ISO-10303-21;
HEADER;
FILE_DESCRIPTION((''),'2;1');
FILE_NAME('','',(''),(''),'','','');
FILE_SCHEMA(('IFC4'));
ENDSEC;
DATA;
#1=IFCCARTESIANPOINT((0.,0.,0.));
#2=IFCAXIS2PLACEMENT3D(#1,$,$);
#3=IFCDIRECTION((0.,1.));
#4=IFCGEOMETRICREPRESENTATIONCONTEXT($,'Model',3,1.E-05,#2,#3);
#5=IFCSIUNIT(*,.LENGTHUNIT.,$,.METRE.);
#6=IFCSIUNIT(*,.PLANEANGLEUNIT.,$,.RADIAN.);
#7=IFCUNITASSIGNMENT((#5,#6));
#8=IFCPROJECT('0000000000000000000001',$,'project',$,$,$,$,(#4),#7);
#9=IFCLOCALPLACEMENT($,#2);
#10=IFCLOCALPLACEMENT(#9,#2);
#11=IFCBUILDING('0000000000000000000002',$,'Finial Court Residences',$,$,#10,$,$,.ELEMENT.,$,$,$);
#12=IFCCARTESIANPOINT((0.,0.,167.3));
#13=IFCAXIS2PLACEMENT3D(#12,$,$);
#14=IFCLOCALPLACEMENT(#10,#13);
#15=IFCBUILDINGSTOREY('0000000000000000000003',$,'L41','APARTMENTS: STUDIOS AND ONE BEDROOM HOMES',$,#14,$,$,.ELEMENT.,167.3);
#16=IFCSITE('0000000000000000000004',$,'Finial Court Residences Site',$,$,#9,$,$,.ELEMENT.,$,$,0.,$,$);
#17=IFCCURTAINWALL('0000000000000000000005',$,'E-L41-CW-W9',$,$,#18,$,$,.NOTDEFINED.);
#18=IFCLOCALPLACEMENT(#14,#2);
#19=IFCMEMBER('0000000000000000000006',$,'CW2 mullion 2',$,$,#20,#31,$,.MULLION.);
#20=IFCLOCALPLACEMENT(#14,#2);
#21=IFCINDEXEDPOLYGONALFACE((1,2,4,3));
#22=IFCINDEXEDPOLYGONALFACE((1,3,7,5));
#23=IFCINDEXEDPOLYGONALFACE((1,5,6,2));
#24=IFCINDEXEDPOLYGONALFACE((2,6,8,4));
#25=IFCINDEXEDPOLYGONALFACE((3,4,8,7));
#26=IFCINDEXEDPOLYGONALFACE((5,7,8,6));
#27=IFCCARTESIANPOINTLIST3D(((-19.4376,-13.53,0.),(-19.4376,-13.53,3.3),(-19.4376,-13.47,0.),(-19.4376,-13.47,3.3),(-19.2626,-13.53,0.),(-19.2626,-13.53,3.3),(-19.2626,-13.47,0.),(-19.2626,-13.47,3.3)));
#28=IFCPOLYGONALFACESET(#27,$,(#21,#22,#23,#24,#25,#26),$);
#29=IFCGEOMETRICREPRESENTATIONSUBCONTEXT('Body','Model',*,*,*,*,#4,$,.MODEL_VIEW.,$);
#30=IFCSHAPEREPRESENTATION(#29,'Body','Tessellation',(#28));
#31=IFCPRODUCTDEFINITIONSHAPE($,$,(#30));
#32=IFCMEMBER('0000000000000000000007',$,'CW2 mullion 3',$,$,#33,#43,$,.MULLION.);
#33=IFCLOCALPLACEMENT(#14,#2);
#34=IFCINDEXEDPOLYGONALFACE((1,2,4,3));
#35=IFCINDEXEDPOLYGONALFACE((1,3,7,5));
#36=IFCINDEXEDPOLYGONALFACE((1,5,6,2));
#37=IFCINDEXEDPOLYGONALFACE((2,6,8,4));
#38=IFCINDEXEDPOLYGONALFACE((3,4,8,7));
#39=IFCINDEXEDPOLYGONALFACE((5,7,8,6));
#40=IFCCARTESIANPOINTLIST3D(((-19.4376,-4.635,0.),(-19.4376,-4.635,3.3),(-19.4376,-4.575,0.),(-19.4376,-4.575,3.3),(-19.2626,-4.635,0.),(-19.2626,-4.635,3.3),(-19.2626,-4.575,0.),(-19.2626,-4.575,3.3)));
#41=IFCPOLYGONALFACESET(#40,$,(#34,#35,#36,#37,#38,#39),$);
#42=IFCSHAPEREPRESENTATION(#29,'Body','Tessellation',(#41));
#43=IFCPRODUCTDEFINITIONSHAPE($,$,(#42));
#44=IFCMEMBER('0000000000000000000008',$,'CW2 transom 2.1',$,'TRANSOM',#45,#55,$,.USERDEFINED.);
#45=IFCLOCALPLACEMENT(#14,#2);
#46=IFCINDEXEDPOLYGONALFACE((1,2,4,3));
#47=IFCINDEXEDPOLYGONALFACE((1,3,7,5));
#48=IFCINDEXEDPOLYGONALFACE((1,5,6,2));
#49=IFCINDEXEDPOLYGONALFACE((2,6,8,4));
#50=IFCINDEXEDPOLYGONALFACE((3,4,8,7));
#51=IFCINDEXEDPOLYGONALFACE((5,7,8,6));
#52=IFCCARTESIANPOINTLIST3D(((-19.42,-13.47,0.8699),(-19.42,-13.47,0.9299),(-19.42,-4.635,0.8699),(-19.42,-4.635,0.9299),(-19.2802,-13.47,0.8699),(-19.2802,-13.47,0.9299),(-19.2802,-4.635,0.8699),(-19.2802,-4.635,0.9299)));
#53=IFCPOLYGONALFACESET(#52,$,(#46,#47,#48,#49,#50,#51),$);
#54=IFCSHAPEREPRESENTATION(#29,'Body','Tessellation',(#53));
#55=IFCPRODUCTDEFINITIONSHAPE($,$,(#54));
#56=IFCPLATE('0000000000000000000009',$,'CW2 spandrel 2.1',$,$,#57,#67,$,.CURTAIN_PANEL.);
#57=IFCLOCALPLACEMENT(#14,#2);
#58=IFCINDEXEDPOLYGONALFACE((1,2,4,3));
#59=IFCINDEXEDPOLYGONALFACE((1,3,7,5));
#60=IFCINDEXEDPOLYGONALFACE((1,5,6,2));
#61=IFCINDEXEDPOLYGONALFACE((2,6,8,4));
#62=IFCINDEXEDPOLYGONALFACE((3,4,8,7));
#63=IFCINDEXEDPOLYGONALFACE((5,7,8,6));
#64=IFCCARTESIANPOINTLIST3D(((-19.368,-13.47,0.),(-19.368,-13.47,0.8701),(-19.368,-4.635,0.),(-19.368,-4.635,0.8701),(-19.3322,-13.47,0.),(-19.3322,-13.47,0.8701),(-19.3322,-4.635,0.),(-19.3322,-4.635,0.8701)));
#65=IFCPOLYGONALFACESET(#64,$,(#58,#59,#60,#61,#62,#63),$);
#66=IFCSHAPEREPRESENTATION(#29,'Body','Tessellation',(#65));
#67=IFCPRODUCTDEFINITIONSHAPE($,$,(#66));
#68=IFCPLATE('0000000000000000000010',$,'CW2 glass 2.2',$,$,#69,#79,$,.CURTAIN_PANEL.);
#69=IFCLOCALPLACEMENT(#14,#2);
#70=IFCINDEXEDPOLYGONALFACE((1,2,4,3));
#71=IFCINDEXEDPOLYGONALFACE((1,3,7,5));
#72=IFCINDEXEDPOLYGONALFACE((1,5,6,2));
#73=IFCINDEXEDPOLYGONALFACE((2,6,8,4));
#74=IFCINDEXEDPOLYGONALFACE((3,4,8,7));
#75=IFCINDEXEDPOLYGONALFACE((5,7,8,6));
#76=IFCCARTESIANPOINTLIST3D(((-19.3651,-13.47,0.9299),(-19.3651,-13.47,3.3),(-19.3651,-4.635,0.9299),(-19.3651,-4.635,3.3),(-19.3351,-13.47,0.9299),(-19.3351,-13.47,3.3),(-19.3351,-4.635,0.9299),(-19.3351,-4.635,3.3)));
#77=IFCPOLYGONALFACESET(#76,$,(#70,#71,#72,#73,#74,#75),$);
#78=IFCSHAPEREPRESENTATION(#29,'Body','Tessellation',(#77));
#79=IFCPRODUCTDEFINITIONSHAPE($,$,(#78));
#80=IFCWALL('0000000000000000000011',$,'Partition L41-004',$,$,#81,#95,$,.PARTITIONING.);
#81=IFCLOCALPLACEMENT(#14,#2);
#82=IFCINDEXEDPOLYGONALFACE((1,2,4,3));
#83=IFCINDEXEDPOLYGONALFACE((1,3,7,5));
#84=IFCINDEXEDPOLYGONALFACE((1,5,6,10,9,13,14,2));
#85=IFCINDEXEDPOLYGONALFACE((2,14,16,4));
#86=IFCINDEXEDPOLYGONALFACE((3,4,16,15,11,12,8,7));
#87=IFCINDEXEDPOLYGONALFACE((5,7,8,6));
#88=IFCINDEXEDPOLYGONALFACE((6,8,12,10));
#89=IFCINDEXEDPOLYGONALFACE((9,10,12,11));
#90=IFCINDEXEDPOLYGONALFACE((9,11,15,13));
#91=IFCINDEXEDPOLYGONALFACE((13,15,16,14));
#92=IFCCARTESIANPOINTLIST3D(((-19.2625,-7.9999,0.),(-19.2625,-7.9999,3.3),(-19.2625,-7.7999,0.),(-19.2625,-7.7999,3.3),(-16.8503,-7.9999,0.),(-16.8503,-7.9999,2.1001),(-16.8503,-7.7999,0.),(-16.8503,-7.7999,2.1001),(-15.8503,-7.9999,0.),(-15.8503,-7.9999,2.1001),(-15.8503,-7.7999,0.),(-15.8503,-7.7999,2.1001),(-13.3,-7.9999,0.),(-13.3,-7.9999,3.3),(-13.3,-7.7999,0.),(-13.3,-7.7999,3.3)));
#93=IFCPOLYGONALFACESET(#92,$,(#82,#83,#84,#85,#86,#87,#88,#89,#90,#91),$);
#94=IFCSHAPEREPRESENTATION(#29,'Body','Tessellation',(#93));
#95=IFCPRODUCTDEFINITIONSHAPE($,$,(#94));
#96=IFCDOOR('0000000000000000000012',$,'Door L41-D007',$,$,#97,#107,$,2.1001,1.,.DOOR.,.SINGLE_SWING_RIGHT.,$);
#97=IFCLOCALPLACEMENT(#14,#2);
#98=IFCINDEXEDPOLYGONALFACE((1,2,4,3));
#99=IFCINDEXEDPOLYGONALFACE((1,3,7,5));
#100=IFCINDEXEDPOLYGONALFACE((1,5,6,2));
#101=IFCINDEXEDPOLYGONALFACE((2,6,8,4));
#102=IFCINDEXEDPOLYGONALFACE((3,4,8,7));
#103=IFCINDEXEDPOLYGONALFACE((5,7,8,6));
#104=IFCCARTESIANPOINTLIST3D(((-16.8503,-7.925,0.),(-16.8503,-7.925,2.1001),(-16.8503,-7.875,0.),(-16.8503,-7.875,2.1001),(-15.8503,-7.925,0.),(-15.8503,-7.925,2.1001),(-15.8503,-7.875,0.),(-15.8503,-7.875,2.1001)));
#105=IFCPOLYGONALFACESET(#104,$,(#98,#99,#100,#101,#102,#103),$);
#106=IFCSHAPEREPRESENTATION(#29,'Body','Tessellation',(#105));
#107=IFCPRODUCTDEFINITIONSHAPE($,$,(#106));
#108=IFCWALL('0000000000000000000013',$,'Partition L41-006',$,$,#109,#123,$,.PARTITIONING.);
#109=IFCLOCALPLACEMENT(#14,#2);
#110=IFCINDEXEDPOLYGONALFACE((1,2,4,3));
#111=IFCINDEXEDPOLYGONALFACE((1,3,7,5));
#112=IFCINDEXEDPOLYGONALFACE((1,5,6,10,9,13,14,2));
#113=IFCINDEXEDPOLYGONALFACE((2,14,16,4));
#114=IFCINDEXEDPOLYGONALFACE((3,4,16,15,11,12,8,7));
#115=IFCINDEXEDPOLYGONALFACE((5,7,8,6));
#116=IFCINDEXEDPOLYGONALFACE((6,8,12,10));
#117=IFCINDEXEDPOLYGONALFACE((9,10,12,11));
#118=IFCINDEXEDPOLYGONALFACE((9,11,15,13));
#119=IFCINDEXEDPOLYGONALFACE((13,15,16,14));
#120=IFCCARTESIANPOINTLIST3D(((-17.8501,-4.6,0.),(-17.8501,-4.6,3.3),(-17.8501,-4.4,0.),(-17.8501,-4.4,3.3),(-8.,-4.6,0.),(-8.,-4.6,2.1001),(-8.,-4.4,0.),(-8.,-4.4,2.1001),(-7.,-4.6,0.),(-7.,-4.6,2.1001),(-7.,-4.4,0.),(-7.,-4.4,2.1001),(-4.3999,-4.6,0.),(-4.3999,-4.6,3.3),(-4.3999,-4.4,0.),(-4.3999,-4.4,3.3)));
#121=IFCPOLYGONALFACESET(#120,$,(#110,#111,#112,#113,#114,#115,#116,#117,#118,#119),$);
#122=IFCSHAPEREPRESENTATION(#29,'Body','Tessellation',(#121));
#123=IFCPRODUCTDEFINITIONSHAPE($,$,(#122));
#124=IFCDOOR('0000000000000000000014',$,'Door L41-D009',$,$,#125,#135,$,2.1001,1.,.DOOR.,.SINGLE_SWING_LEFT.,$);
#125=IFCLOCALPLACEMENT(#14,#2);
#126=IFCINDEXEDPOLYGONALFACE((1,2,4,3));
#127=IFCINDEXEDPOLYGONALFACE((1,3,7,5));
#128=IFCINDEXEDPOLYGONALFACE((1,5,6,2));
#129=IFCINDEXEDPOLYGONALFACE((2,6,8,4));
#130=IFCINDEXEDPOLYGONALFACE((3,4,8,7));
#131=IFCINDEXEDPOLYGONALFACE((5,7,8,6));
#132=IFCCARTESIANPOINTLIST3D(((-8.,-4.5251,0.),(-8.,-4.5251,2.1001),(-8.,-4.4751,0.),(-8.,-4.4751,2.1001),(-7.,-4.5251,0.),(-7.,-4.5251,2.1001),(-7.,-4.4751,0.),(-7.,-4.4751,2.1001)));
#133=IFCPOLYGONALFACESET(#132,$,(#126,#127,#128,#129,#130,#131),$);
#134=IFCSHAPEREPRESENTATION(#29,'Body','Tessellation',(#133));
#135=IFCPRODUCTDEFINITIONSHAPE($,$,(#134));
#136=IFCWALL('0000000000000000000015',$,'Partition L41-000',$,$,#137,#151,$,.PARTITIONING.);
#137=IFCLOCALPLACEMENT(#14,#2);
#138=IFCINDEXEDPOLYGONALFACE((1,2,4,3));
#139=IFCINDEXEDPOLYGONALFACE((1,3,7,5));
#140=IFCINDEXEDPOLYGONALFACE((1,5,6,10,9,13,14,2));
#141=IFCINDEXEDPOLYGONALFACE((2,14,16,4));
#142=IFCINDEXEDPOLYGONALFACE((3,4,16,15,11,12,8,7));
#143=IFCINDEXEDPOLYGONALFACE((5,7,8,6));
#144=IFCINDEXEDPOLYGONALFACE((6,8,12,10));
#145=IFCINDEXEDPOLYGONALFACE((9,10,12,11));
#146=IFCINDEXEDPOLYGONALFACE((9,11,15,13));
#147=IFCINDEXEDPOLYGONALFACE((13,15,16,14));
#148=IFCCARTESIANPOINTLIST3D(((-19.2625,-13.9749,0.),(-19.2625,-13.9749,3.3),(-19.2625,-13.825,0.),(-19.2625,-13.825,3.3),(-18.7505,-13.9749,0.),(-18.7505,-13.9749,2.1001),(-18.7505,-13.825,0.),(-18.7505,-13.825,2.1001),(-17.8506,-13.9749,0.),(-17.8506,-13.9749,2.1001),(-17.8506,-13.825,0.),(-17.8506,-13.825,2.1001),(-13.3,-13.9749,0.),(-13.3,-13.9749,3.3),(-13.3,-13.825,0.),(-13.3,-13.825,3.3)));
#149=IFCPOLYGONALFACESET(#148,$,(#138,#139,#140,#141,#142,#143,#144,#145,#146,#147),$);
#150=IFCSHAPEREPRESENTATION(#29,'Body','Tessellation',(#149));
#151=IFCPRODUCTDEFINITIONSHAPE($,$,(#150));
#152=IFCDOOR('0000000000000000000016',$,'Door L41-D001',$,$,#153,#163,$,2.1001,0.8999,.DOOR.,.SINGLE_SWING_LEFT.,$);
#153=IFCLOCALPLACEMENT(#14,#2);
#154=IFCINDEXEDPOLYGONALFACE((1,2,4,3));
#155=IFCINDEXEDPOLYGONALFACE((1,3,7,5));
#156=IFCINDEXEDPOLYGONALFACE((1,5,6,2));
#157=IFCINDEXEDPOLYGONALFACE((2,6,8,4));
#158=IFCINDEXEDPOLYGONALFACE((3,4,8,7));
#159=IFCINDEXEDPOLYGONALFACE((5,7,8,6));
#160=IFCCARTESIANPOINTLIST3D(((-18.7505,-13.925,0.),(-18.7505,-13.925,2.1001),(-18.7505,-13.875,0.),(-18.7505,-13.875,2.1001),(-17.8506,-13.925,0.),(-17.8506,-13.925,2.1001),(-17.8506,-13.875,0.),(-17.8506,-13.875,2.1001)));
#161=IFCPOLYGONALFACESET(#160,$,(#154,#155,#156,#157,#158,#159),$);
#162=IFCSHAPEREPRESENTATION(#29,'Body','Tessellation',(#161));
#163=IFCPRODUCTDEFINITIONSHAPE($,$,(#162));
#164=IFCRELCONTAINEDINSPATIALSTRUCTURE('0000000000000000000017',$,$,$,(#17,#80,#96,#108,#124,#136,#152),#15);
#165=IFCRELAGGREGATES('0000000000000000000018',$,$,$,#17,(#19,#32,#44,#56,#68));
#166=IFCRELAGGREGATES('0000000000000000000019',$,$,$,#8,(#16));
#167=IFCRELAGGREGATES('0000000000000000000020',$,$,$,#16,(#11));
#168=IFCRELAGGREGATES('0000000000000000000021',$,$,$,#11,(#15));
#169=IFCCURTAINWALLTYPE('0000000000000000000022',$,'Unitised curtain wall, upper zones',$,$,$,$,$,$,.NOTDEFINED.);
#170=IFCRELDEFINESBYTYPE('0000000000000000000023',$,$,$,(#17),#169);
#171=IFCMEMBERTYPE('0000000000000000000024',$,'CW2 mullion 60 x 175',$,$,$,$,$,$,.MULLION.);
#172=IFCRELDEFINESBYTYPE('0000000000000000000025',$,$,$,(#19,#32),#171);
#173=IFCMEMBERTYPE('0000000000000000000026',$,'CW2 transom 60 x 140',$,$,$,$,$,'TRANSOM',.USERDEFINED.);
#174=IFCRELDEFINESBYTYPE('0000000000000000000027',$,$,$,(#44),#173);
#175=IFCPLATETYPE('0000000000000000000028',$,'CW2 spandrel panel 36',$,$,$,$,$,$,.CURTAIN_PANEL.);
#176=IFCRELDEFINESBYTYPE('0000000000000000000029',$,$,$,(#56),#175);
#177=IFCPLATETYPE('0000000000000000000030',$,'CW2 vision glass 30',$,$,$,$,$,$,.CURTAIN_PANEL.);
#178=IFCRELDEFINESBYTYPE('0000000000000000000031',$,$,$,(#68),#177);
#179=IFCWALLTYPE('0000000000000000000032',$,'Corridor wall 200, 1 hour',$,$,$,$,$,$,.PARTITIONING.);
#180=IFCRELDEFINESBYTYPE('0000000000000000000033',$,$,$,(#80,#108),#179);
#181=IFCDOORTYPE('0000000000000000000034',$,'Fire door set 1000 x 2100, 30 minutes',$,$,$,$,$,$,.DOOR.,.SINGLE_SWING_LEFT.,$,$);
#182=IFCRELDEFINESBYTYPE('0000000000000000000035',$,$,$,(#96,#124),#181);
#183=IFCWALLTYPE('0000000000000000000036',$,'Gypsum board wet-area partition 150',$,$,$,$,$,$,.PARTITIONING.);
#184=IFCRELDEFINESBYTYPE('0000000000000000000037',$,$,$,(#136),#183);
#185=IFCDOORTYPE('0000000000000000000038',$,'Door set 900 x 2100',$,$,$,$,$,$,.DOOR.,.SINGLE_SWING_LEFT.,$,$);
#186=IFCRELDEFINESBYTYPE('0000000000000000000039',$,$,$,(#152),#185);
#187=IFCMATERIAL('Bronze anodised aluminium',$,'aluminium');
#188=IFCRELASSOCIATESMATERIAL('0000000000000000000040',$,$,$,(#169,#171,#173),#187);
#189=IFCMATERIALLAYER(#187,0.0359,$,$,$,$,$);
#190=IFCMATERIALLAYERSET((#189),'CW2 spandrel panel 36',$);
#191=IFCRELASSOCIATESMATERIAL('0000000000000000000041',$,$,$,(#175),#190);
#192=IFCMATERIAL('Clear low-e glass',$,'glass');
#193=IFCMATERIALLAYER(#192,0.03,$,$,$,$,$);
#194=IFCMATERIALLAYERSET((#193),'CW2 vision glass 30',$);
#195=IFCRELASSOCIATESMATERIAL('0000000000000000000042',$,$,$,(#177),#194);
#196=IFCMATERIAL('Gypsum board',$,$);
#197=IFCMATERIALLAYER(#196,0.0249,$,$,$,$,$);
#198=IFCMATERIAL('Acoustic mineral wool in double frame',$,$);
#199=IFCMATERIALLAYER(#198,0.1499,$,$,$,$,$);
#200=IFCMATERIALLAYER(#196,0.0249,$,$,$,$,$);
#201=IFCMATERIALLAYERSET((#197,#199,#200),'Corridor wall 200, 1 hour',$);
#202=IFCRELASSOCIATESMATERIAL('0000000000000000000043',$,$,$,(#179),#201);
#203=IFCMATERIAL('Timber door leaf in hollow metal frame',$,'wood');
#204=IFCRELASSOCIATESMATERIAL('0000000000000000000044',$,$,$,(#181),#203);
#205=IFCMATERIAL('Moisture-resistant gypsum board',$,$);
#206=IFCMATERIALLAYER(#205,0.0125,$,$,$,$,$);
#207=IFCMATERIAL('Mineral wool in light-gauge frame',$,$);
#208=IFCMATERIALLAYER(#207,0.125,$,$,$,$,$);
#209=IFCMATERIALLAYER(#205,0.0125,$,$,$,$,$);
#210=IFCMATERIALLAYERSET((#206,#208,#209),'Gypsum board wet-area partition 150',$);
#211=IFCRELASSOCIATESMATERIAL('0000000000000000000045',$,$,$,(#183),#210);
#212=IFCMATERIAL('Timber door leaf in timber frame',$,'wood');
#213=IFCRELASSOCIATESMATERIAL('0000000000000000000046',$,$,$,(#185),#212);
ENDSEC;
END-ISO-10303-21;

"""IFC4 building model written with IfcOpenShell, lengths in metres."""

from ifc_helpers import new_model, si_unit, direction, frame, frame_2d, origin, origin_2d, place, context, subcontext, project, spatial, rectangle, extrude, material, layer, layer_set, material_profile, profile_set, type_object, element, fill, aggregate, save


model = new_model("IFC4")

# Units and contexts
model_context = context("Model", 3, precision=1e-05, world=origin(), true_north=direction((0.0, 1.0)))
body_context = subcontext(model_context, "Body", "Model", "MODEL_VIEW")
ifc_project = project(units=[si_unit("LENGTHUNIT", "METRE"), si_unit("PLANEANGLEUNIT", "RADIAN")], contexts=[model_context])

# Site, building, storey
site_placement = place(None, origin())
site = spatial("IfcSite", under=ifc_project, at=site_placement, Name="Finial Court Residences Site", CompositionType="ELEMENT", RefElevation=0.0)
building_placement = place(site_placement, origin())
building = spatial("IfcBuilding", under=site, at=building_placement, Name="Finial Court Residences", CompositionType="ELEMENT")
storey_placement = place(building_placement, frame((0.0, 0.0, 167.3)))
storey = spatial("IfcBuildingStorey", under=building, at=storey_placement, Name="L41", Description="APARTMENTS: STUDIOS AND ONE BEDROOM HOMES", CompositionType="ELEMENT", Elevation=167.3)

# Curtain wall, members, plates
ifc_material_1 = material(Name="Bronze anodised aluminium", Category="aluminium")
curtain_wall_type = type_object("IfcCurtainWallType", Name="Unitised curtain wall, upper zones", PredefinedType="NOTDEFINED", material=ifc_material_1)
curtain_wall_placement = place(storey_placement, origin())
curtain_wall = element("IfcCurtainWall", 1, at=curtain_wall_placement, inside=storey, type_object=curtain_wall_type, Name="E-L41-CW-W9", PredefinedType="NOTDEFINED")
ifc_material_profile_1 = material_profile(ifc_material_1, rectangle(XDim=0.175, YDim=0.0601, at=origin_2d()), Name="CW2 mullion 60 x 175")
ifc_profile_set_1 = profile_set([ifc_material_profile_1], Name="Bronze anodised aluminium")
member_type_1 = type_object("IfcMemberType", Name="CW2 mullion 60 x 175", PredefinedType="MULLION", material=ifc_profile_set_1)
member_1_placement = place(storey_placement, frame((-19.3501, -13.5, 0.0), z_axis=(0.0, 0.0, 1.0), x_axis=(-1.0, 0.0, 0.0)))
member_1 = element("IfcMember", 2, at=member_1_placement, type_object=member_type_1, Name="CW2 mullion 2", PredefinedType="MULLION", context=body_context, shape_type="SweptSolid", body=[
    extrude(rectangle(XDim=0.175, YDim=0.0601, at=origin_2d()), origin(), (0.0, 0.0, 1.0), 3.3),
])
member_2_placement = place(storey_placement, frame((-19.3501, -4.605, 0.0), z_axis=(0.0, 0.0, 1.0), x_axis=(-1.0, 0.0, 0.0)))
member_2 = element("IfcMember", 3, at=member_2_placement, type_object=member_type_1, Name="CW2 mullion 3", PredefinedType="MULLION", context=body_context, shape_type="SweptSolid", body=[
    extrude(rectangle(XDim=0.175, YDim=0.0601, at=origin_2d()), origin(), (0.0, 0.0, 1.0), 3.3),
])
ifc_material_profile_2 = material_profile(ifc_material_1, rectangle(XDim=0.1399, YDim=0.0601, at=origin_2d()), Name="CW2 transom 60 x 140")
ifc_profile_set_2 = profile_set([ifc_material_profile_2], Name="Bronze anodised aluminium")
member_type_2 = type_object("IfcMemberType", Name="CW2 transom 60 x 140", ElementType="TRANSOM", PredefinedType="USERDEFINED", material=ifc_profile_set_2)
member_3_placement = place(storey_placement, frame((-19.3501, -13.47, 0.8999), z_axis=(0.0, 1.0, 0.0), x_axis=(-1.0, 0.0, 0.0)))
member_3 = element("IfcMember", 4, at=member_3_placement, type_object=member_type_2, Name="CW2 transom 2.1", ObjectType="TRANSOM", PredefinedType="USERDEFINED", context=body_context, shape_type="SweptSolid", body=[
    extrude(rectangle(XDim=0.1399, YDim=0.0601, at=origin_2d()), origin(), (0.0, 0.0, 1.0), 8.835),
])
ifc_layer_1 = layer(ifc_material_1, 0.0359)
ifc_layer_set_1 = layer_set([ifc_layer_1], Name="CW2 spandrel panel 36")
plate_type_1 = type_object("IfcPlateType", Name="CW2 spandrel panel 36", PredefinedType="CURTAIN_PANEL", material=ifc_layer_set_1)
plate_1_placement = place(storey_placement, frame((-19.3501, -9.0525, 0.0), z_axis=(0.0, 0.0, 1.0), x_axis=(0.0, 1.0, 0.0)))
plate_1 = element("IfcPlate", 5, at=plate_1_placement, type_object=plate_type_1, Name="CW2 spandrel 2.1", PredefinedType="CURTAIN_PANEL", context=body_context, shape_type="SweptSolid", body=[
    extrude(rectangle(XDim=8.835, YDim=0.0359, at=origin_2d()), origin(), (0.0, 0.0, 1.0), 0.8701),
])
ifc_material_2 = material(Name="Clear low-e glass", Category="glass")
ifc_layer_2 = layer(ifc_material_2, 0.03)
ifc_layer_set_2 = layer_set([ifc_layer_2], Name="CW2 vision glass 30")
plate_type_2 = type_object("IfcPlateType", Name="CW2 vision glass 30", PredefinedType="CURTAIN_PANEL", material=ifc_layer_set_2)
plate_2_placement = place(storey_placement, frame((-19.3501, -9.0525, 0.9299), z_axis=(0.0, 0.0, 1.0), x_axis=(0.0, 1.0, 0.0)))
plate_2 = element("IfcPlate", 6, at=plate_2_placement, type_object=plate_type_2, Name="CW2 glass 2.2", PredefinedType="CURTAIN_PANEL", context=body_context, shape_type="SweptSolid", body=[
    extrude(rectangle(XDim=8.835, YDim=0.03, at=origin_2d()), origin(), (0.0, 0.0, 1.0), 2.3701),
])
aggregate(curtain_wall, [member_1, member_2, member_3, plate_1, plate_2])

# Walls, openings, doors
ifc_material_3 = material(Name="Gypsum board")
ifc_layer_3 = layer(ifc_material_3, 0.0249)
ifc_material_4 = material(Name="Acoustic mineral wool in double frame")
ifc_layer_4 = layer(ifc_material_4, 0.1499)
ifc_layer_5 = layer(ifc_material_3, 0.0249)
ifc_layer_set_3 = layer_set([ifc_layer_3, ifc_layer_4, ifc_layer_5], Name="Corridor wall 200, 1 hour")
wall_type_1 = type_object("IfcWallType", Name="Corridor wall 200, 1 hour", PredefinedType="PARTITIONING", material=ifc_layer_set_3)
wall_1_placement = place(storey_placement, frame((-19.2625, -7.8999, 0.0), z_axis=(0.0, 0.0, 1.0), x_axis=(1.0, 0.0, 0.0)))
wall_1 = element("IfcWall", 7, at=wall_1_placement, inside=storey, type_object=wall_type_1, Name="Partition L41-004", PredefinedType="PARTITIONING", context=body_context, shape_type="SweptSolid", body=[
    extrude(rectangle(XDim=5.9624, YDim=0.2, at=frame_2d((2.9812, 0.0))), origin(), (0.0, 0.0, 1.0), 3.3),
])
opening_1_placement = place(wall_1_placement, frame((2.4121, 0.0, 0.0)))
opening_1 = element("IfcOpeningElement", 8, at=opening_1_placement, cuts=wall_1, PredefinedType="OPENING", context=body_context, shape_type="SweptSolid", body=[
    extrude(rectangle(XDim=1.0, YDim=2.1001, at=frame_2d((0.5, 1.05))), frame((0.0, 0.1099, 0.0), z_axis=(0.0, -1.0, 0.0), x_axis=(1.0, 0.0, 0.0)), (0.0, 0.0, 1.0), 0.22),
])
ifc_material_5 = material(Name="Timber door leaf in hollow metal frame", Category="wood")
door_type_1 = type_object("IfcDoorType", Name="Fire door set 1000 x 2100, 30 minutes", OperationType="SINGLE_SWING_LEFT", PredefinedType="DOOR", material=ifc_material_5)
door_1_placement = place(opening_1_placement, origin())
door_1 = element("IfcDoor", 9, at=door_1_placement, inside=storey, type_object=door_type_1, Name="Door L41-D007", OperationType="SINGLE_SWING_RIGHT", OverallHeight=2.1001, OverallWidth=1.0, PredefinedType="DOOR", context=body_context, shape_type="SweptSolid", body=[
    extrude(rectangle(XDim=1.0, YDim=2.1001, at=frame_2d((0.5, 1.05))), frame((0.0, 0.0249, 0.0), z_axis=(0.0, -1.0, 0.0), x_axis=(1.0, 0.0, 0.0)), (0.0, 0.0, 1.0), 0.05),
])
fill(opening_1, door_1)
wall_2_placement = place(storey_placement, frame((-17.8501, -4.5, 0.0), z_axis=(0.0, 0.0, 1.0), x_axis=(1.0, 0.0, 0.0)))
wall_2 = element("IfcWall", 10, at=wall_2_placement, inside=storey, type_object=wall_type_1, Name="Partition L41-006", PredefinedType="PARTITIONING", context=body_context, shape_type="SweptSolid", body=[
    extrude(rectangle(XDim=13.4502, YDim=0.2, at=frame_2d((6.7251, 0.0))), origin(), (0.0, 0.0, 1.0), 3.3),
])
opening_2_placement = place(wall_2_placement, frame((9.8501, 0.0, 0.0)))
opening_2 = element("IfcOpeningElement", 11, at=opening_2_placement, cuts=wall_2, PredefinedType="OPENING", context=body_context, shape_type="SweptSolid", body=[
    extrude(rectangle(XDim=1.0, YDim=2.1001, at=frame_2d((0.5, 1.05))), frame((0.0, 0.1099, 0.0), z_axis=(0.0, -1.0, 0.0), x_axis=(1.0, 0.0, 0.0)), (0.0, 0.0, 1.0), 0.22),
])
door_2_placement = place(opening_2_placement, origin())
door_2 = element("IfcDoor", 12, at=door_2_placement, inside=storey, type_object=door_type_1, Name="Door L41-D009", OperationType="SINGLE_SWING_LEFT", OverallHeight=2.1001, OverallWidth=1.0, PredefinedType="DOOR", context=body_context, shape_type="SweptSolid", body=[
    extrude(rectangle(XDim=1.0, YDim=2.1001, at=frame_2d((0.5, 1.05))), frame((0.0, 0.0249, 0.0), z_axis=(0.0, -1.0, 0.0), x_axis=(1.0, 0.0, 0.0)), (0.0, 0.0, 1.0), 0.05),
])
fill(opening_2, door_2)
ifc_material_6 = material(Name="Moisture-resistant gypsum board")
ifc_layer_6 = layer(ifc_material_6, 0.0125)
ifc_material_7 = material(Name="Mineral wool in light-gauge frame")
ifc_layer_7 = layer(ifc_material_7, 0.125)
ifc_layer_8 = layer(ifc_material_6, 0.0125)
ifc_layer_set_4 = layer_set([ifc_layer_6, ifc_layer_7, ifc_layer_8], Name="Gypsum board wet-area partition 150")
wall_type_2 = type_object("IfcWallType", Name="Gypsum board wet-area partition 150", PredefinedType="PARTITIONING", material=ifc_layer_set_4)
wall_3_placement = place(storey_placement, frame((-19.2625, -13.8999, 0.0), z_axis=(0.0, 0.0, 1.0), x_axis=(1.0, 0.0, 0.0)))
wall_3 = element("IfcWall", 13, at=wall_3_placement, inside=storey, type_object=wall_type_2, Name="Partition L41-000", PredefinedType="PARTITIONING", context=body_context, shape_type="SweptSolid", body=[
    extrude(rectangle(XDim=5.9624, YDim=0.1499, at=frame_2d((2.9812, 0.0))), origin(), (0.0, 0.0, 1.0), 3.3),
])
opening_3_placement = place(wall_3_placement, frame((0.512, 0.0, 0.0)))
opening_3 = element("IfcOpeningElement", 14, at=opening_3_placement, cuts=wall_3, PredefinedType="OPENING", context=body_context, shape_type="SweptSolid", body=[
    extrude(rectangle(XDim=0.8999, YDim=2.1001, at=frame_2d((0.45, 1.05))), frame((0.0, 0.085, 0.0), z_axis=(0.0, -1.0, 0.0), x_axis=(1.0, 0.0, 0.0)), (0.0, 0.0, 1.0), 0.1699),
])
ifc_material_8 = material(Name="Timber door leaf in timber frame", Category="wood")
door_type_2 = type_object("IfcDoorType", Name="Door set 900 x 2100", OperationType="SINGLE_SWING_LEFT", PredefinedType="DOOR", material=ifc_material_8)
door_3_placement = place(opening_3_placement, origin())
door_3 = element("IfcDoor", 15, at=door_3_placement, inside=storey, type_object=door_type_2, Name="Door L41-D001", OperationType="SINGLE_SWING_LEFT", OverallHeight=2.1001, OverallWidth=0.8999, PredefinedType="DOOR", context=body_context, shape_type="SweptSolid", body=[
    extrude(rectangle(XDim=0.8999, YDim=2.1001, at=frame_2d((0.45, 1.05))), frame((0.0, 0.0249, 0.0), z_axis=(0.0, -1.0, 0.0), x_axis=(1.0, 0.0, 0.0)), (0.0, 0.0, 1.0), 0.05),
])
fill(opening_3, door_3)

save(model, "model.ifc")
